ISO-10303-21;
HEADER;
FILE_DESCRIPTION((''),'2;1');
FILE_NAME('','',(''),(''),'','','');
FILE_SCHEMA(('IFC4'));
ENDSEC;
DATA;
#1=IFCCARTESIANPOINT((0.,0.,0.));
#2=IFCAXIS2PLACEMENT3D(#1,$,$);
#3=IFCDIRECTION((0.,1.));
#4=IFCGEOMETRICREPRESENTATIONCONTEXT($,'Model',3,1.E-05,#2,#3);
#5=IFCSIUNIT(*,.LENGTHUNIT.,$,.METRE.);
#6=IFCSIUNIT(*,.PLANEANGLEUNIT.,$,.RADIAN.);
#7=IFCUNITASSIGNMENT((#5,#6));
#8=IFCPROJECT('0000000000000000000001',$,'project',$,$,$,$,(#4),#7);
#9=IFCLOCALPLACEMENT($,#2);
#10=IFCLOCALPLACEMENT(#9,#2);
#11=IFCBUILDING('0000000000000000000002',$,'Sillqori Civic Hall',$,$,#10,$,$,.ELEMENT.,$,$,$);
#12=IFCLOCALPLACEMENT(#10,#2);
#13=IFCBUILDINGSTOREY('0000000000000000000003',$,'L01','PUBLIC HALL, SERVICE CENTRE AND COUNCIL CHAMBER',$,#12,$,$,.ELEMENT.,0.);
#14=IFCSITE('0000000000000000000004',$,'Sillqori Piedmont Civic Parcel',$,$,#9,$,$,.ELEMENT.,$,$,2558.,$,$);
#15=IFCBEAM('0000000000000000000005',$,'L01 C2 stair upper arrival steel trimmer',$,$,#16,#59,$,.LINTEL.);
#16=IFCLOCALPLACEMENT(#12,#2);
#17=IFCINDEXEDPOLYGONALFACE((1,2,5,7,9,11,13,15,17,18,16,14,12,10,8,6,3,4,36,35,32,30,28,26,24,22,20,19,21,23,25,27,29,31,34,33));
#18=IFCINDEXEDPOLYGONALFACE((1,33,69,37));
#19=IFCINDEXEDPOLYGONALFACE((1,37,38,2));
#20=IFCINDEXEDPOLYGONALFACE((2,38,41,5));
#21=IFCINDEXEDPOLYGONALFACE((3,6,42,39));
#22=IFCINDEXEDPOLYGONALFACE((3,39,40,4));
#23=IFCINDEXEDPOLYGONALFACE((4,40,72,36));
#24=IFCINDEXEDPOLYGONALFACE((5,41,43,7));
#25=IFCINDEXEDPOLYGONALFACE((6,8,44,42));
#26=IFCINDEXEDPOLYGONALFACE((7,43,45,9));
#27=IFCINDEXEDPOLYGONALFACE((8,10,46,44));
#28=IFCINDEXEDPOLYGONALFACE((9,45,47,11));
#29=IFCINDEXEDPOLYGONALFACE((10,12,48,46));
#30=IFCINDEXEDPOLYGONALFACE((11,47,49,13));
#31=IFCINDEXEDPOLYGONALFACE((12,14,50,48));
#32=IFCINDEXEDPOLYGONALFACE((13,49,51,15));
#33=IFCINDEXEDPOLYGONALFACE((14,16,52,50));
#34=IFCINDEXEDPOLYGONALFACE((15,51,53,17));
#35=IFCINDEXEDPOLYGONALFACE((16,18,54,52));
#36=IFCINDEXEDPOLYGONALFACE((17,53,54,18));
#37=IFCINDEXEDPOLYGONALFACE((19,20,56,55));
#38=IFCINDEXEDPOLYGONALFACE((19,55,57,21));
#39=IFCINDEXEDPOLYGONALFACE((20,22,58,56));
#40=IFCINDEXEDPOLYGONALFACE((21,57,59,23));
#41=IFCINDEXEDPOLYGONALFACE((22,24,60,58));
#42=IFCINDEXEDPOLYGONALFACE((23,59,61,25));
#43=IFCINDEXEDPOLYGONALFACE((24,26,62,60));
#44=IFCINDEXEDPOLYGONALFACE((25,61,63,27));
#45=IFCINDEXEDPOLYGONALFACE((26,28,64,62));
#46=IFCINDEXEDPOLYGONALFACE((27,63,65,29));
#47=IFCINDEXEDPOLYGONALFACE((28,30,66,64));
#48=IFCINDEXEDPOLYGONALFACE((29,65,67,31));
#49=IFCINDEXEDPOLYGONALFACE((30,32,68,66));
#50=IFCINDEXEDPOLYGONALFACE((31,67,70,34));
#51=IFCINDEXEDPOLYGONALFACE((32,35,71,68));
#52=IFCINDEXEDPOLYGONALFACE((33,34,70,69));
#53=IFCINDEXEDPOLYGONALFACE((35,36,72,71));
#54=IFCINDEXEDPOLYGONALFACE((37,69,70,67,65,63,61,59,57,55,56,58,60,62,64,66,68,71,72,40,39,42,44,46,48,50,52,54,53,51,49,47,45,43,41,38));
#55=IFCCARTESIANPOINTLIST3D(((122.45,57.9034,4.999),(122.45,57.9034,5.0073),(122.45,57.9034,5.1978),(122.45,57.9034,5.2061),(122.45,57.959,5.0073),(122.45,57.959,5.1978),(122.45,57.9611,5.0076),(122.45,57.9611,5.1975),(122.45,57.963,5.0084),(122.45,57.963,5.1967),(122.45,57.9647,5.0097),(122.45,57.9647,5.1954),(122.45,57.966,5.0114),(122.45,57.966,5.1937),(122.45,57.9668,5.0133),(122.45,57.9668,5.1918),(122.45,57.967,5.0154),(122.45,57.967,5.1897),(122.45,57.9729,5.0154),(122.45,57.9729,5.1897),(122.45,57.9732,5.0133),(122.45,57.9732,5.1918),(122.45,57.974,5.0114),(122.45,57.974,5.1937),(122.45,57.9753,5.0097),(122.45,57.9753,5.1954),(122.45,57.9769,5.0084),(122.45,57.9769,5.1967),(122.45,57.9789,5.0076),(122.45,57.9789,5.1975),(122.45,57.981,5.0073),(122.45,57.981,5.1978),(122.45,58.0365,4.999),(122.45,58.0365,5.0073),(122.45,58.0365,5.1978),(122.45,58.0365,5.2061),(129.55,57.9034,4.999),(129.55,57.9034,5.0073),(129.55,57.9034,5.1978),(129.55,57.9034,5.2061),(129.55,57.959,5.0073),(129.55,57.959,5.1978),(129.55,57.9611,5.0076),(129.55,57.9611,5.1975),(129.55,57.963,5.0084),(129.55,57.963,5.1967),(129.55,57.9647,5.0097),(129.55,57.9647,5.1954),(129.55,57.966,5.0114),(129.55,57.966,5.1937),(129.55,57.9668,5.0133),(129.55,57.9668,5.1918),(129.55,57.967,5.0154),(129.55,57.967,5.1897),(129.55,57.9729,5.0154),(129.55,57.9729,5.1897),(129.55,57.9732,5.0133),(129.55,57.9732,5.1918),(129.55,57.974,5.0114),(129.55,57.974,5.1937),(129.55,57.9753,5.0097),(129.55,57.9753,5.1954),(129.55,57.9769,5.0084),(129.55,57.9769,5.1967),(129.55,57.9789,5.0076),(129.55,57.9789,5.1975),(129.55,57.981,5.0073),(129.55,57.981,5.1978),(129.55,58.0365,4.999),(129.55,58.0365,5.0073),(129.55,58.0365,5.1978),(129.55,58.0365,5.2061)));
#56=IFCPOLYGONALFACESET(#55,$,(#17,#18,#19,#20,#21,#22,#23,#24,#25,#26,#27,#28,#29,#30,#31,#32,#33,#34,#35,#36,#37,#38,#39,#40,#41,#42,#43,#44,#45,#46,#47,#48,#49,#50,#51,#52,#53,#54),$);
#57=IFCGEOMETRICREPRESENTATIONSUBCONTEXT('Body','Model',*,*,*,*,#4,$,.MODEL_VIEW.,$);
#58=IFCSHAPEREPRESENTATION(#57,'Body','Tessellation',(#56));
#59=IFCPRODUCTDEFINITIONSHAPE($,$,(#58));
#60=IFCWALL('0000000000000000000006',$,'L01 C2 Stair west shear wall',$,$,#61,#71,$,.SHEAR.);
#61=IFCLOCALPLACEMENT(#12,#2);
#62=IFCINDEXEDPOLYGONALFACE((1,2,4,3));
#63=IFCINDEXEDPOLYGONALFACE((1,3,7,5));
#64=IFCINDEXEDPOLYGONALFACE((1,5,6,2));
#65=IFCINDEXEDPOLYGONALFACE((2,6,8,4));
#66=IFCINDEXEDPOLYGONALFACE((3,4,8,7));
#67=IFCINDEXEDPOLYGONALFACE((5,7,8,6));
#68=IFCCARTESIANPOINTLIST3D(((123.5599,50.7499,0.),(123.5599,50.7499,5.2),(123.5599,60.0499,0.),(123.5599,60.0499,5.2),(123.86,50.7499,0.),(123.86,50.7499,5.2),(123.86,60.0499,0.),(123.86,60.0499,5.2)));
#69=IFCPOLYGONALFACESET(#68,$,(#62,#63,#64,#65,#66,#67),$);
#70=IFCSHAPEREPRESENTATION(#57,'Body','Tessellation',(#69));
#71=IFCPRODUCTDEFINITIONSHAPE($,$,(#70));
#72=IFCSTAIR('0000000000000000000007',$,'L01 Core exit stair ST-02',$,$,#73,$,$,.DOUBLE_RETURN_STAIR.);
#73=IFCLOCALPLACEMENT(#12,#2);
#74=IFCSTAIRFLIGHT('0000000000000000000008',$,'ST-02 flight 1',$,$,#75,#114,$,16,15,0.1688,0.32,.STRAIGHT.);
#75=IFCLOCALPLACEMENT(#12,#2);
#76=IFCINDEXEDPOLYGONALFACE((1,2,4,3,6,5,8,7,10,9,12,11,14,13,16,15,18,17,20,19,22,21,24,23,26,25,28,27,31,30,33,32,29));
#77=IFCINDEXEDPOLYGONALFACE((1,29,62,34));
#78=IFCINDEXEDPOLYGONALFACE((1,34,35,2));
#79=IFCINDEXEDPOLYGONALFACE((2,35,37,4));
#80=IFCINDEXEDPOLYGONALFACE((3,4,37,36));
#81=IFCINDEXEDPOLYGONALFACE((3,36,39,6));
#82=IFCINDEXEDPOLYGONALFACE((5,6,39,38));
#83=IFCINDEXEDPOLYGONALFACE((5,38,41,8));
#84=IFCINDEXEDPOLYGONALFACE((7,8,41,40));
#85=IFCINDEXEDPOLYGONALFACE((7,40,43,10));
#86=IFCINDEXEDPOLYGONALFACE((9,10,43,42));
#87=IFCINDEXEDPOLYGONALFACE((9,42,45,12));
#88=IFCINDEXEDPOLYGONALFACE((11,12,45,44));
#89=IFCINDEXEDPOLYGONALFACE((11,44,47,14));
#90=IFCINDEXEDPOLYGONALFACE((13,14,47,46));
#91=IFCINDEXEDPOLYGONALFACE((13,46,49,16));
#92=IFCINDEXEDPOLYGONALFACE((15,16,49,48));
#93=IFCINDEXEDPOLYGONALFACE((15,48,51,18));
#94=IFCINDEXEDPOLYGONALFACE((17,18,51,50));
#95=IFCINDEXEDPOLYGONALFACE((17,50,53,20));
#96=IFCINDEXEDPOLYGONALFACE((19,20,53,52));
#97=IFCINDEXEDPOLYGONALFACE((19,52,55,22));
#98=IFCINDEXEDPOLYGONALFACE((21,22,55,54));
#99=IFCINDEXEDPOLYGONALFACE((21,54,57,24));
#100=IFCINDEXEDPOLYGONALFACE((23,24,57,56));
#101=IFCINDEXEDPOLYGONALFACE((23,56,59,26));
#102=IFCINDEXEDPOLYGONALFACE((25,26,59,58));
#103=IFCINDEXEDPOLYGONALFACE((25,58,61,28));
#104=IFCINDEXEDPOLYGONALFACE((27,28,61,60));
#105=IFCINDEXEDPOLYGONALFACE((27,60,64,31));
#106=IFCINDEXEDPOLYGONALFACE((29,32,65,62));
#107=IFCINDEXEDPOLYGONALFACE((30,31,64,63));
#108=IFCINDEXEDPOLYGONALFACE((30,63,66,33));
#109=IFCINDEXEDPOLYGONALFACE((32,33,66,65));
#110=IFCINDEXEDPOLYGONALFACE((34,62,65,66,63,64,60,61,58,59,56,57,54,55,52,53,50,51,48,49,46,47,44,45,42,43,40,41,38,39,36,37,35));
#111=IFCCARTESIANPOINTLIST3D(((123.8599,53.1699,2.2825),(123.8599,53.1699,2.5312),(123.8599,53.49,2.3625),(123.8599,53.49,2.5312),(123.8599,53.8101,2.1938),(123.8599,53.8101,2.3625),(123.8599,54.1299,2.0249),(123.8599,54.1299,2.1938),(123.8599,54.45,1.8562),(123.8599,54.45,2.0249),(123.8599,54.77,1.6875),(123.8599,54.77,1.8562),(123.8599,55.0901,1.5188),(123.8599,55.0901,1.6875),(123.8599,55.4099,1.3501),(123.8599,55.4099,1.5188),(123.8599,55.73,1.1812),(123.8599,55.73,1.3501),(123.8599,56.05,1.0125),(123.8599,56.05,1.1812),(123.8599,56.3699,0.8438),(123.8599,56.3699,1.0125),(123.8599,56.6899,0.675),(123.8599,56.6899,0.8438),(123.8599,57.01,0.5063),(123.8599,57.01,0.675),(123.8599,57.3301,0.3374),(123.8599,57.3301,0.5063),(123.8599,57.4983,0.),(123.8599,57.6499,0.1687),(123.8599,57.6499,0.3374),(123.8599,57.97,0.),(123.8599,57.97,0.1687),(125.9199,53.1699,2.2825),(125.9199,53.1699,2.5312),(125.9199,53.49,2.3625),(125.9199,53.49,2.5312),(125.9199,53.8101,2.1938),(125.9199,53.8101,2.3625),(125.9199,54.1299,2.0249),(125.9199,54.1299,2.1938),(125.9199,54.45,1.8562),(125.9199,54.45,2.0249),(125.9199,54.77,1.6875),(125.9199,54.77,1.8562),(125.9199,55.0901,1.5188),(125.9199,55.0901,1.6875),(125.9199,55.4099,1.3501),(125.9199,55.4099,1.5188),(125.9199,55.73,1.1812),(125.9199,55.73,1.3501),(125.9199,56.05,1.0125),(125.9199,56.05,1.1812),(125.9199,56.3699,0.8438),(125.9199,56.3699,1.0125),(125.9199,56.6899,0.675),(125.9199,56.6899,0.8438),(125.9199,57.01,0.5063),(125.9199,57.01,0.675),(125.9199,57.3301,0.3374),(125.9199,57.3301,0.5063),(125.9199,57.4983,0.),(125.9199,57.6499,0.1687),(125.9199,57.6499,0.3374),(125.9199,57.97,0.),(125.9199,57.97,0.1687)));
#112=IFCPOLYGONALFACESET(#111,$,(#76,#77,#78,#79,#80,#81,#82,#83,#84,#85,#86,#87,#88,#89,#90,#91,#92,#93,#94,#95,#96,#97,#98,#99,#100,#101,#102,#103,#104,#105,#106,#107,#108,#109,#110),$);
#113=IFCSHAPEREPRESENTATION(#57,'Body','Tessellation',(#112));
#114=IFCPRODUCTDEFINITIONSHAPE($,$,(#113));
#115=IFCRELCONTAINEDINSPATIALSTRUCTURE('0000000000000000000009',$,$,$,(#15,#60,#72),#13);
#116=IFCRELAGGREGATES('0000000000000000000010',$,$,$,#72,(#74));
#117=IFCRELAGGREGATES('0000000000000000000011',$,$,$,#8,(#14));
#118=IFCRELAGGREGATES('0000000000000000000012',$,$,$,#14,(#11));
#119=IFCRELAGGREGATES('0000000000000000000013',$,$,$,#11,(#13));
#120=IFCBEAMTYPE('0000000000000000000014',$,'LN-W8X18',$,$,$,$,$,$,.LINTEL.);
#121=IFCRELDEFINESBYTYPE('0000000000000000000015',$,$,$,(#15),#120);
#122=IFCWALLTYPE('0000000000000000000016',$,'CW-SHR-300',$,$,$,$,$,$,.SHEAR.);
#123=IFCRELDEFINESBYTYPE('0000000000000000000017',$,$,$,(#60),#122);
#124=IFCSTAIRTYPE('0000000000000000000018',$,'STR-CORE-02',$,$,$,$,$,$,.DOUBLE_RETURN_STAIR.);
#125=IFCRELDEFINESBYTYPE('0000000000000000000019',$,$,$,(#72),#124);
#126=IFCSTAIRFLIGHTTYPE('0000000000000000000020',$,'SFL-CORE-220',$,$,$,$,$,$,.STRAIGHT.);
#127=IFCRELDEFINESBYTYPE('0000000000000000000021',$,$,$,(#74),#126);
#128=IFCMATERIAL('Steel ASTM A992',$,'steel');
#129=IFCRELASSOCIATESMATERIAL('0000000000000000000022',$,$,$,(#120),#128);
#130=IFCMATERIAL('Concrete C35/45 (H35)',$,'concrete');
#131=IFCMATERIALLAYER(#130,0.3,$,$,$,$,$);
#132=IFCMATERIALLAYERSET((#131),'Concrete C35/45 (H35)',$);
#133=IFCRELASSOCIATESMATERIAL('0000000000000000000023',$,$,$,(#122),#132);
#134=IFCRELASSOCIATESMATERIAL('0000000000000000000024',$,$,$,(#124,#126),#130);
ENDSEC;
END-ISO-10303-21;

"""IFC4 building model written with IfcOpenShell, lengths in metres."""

from ifc_helpers import new_model, si_unit, direction, frame, frame_2d, origin, origin_2d, place, context, subcontext, project, spatial, polyline, rectangle, i_section, outline, extrude, material, layer, layer_set, material_profile, profile_set, type_object, element, aggregate, save


model = new_model("IFC4")

# Units and contexts
model_context = context("Model", 3, precision=1e-05, world=origin(), true_north=direction((0.0, 1.0)))
body_context = subcontext(model_context, "Body", "Model", "MODEL_VIEW")
ifc_project = project(units=[si_unit("LENGTHUNIT", "METRE"), si_unit("PLANEANGLEUNIT", "RADIAN")], contexts=[model_context])

# Site, building, storey
site_placement = place(None, origin())
site = spatial("IfcSite", under=ifc_project, at=site_placement, Name="Sillqori Piedmont Civic Parcel", CompositionType="ELEMENT", RefElevation=2558.0)
building_placement = place(site_placement, origin())
building = spatial("IfcBuilding", under=site, at=building_placement, Name="Sillqori Civic Hall", CompositionType="ELEMENT")
storey_placement = place(building_placement, origin())
storey = spatial("IfcBuildingStorey", under=building, at=storey_placement, Name="L01", Description="PUBLIC HALL, SERVICE CENTRE AND COUNCIL CHAMBER", CompositionType="ELEMENT", Elevation=0.0)

# Shared definitions
ifc_material_1 = material(Name="Concrete C35/45 (H35)", Category="concrete")

# Beam
ifc_material_2 = material(Name="Steel ASTM A992", Category="steel")
ifc_material_profile_1 = material_profile(ifc_material_2, i_section(OverallWidth=0.1331, OverallDepth=0.207, WebThickness=0.0059, FlangeThickness=0.0083, FilletRadius=0.0081, at=origin_2d()), Name="W8X18")
ifc_profile_set_1 = profile_set([ifc_material_profile_1], Name="Steel ASTM A992")
beam_type_1 = type_object("IfcBeamType", Name="LN-W8X18", PredefinedType="LINTEL", material=ifc_profile_set_1)
for number, where, z_axis, x_axis, name in (
    (1, (122.45, 57.97, 5.1025), (1.0, 0.0, 0.0), (0.0, 1.0, 0.0), "L01 C2 stair upper arrival steel trimmer"),
):
    element("IfcBeam", number, at=place(storey_placement, frame(where, z_axis=z_axis, x_axis=x_axis)), inside=storey, type_object=beam_type_1, Name=name, PredefinedType="LINTEL", context=body_context, shape_type="SweptSolid", body=[
        extrude(i_section(OverallWidth=0.1331, OverallDepth=0.207, WebThickness=0.0059, FlangeThickness=0.0083, FilletRadius=0.0081, at=origin_2d()), origin(), (0.0, 0.0, 1.0), 7.1001),
    ])

# Wall
ifc_layer_1 = layer(ifc_material_1, 0.3)
ifc_layer_set_1 = layer_set([ifc_layer_1], Name="Concrete C35/45 (H35)")
wall_type = type_object("IfcWallType", Name="CW-SHR-300", PredefinedType="SHEAR", material=ifc_layer_set_1)
wall_placement = place(storey_placement, frame((123.71, 50.75, 0.0), z_axis=(0.0, 0.0, 1.0), x_axis=(0.0, 1.0, 0.0)))
element("IfcWall", 2, at=wall_placement, inside=storey, type_object=wall_type, Name="L01 C2 Stair west shear wall", PredefinedType="SHEAR", context=body_context, shape_type="SweptSolid", body=[
    extrude(rectangle(XDim=9.3, YDim=0.3, at=frame_2d((4.6499, 0.0))), origin(), (0.0, 0.0, 1.0), 5.2),
])

# Stair, stair flight
stair_type = type_object("IfcStairType", Name="STR-CORE-02", PredefinedType="DOUBLE_RETURN_STAIR", material=ifc_material_1)
stair_placement = place(storey_placement, origin())
stair = element("IfcStair", 3, at=stair_placement, inside=storey, type_object=stair_type, Name="L01 Core exit stair ST-02", PredefinedType="DOUBLE_RETURN_STAIR")
stair_flight_type = type_object("IfcStairFlightType", Name="SFL-CORE-220", PredefinedType="STRAIGHT", material=ifc_material_1)
stair_flight_placement = place(storey_placement, frame((124.8899, 57.97, 0.0), z_axis=(0.0, 0.0, 1.0), x_axis=(0.0, -1.0, 0.0)))
stair_flight = element("IfcStairFlight", 4, at=stair_flight_placement, type_object=stair_flight_type, Name="ST-02 flight 1", NumberOfRisers=16, NumberOfTreads=15, PredefinedType="STRAIGHT", RiserHeight=0.1688, TreadLength=0.32, context=body_context, shape_type="SweptSolid", body=[
    extrude(outline(polyline([(0.0, 0.0), (0.0, 0.1687), (0.3201, 0.1687), (0.3201, 0.3374), (0.6399, 0.3374), (0.6399, 0.5063), (0.96, 0.5063), (0.96, 0.675), (1.28, 0.675), (1.28, 0.8438), (1.6001, 0.8438), (1.6001, 1.0125), (1.9199, 1.0125), (1.9199, 1.1812), (2.24, 1.1812), (2.24, 1.3501), (2.5601, 1.3501), (2.5601, 1.5188), (2.8799, 1.5188), (2.8799, 1.6875), (3.2, 1.6875), (3.2, 1.8562), (3.52, 1.8562), (3.52, 2.0249), (3.8401, 2.0249), (3.8401, 2.1938), (4.1599, 2.1938), (4.1599, 2.3625), (4.48, 2.3625), (4.48, 2.5312), (4.8, 2.5312), (4.8, 2.7), (4.8, 2.2825), (0.4717, 0.0), (0.0, 0.0)])), frame((0.0, 1.03, 0.0), z_axis=(0.0, -1.0, 0.0), x_axis=(1.0, 0.0, 0.0)), (0.0, 0.0, 1.0), 2.0601),
])
aggregate(stair, [stair_flight])

save(model, "model.ifc")
